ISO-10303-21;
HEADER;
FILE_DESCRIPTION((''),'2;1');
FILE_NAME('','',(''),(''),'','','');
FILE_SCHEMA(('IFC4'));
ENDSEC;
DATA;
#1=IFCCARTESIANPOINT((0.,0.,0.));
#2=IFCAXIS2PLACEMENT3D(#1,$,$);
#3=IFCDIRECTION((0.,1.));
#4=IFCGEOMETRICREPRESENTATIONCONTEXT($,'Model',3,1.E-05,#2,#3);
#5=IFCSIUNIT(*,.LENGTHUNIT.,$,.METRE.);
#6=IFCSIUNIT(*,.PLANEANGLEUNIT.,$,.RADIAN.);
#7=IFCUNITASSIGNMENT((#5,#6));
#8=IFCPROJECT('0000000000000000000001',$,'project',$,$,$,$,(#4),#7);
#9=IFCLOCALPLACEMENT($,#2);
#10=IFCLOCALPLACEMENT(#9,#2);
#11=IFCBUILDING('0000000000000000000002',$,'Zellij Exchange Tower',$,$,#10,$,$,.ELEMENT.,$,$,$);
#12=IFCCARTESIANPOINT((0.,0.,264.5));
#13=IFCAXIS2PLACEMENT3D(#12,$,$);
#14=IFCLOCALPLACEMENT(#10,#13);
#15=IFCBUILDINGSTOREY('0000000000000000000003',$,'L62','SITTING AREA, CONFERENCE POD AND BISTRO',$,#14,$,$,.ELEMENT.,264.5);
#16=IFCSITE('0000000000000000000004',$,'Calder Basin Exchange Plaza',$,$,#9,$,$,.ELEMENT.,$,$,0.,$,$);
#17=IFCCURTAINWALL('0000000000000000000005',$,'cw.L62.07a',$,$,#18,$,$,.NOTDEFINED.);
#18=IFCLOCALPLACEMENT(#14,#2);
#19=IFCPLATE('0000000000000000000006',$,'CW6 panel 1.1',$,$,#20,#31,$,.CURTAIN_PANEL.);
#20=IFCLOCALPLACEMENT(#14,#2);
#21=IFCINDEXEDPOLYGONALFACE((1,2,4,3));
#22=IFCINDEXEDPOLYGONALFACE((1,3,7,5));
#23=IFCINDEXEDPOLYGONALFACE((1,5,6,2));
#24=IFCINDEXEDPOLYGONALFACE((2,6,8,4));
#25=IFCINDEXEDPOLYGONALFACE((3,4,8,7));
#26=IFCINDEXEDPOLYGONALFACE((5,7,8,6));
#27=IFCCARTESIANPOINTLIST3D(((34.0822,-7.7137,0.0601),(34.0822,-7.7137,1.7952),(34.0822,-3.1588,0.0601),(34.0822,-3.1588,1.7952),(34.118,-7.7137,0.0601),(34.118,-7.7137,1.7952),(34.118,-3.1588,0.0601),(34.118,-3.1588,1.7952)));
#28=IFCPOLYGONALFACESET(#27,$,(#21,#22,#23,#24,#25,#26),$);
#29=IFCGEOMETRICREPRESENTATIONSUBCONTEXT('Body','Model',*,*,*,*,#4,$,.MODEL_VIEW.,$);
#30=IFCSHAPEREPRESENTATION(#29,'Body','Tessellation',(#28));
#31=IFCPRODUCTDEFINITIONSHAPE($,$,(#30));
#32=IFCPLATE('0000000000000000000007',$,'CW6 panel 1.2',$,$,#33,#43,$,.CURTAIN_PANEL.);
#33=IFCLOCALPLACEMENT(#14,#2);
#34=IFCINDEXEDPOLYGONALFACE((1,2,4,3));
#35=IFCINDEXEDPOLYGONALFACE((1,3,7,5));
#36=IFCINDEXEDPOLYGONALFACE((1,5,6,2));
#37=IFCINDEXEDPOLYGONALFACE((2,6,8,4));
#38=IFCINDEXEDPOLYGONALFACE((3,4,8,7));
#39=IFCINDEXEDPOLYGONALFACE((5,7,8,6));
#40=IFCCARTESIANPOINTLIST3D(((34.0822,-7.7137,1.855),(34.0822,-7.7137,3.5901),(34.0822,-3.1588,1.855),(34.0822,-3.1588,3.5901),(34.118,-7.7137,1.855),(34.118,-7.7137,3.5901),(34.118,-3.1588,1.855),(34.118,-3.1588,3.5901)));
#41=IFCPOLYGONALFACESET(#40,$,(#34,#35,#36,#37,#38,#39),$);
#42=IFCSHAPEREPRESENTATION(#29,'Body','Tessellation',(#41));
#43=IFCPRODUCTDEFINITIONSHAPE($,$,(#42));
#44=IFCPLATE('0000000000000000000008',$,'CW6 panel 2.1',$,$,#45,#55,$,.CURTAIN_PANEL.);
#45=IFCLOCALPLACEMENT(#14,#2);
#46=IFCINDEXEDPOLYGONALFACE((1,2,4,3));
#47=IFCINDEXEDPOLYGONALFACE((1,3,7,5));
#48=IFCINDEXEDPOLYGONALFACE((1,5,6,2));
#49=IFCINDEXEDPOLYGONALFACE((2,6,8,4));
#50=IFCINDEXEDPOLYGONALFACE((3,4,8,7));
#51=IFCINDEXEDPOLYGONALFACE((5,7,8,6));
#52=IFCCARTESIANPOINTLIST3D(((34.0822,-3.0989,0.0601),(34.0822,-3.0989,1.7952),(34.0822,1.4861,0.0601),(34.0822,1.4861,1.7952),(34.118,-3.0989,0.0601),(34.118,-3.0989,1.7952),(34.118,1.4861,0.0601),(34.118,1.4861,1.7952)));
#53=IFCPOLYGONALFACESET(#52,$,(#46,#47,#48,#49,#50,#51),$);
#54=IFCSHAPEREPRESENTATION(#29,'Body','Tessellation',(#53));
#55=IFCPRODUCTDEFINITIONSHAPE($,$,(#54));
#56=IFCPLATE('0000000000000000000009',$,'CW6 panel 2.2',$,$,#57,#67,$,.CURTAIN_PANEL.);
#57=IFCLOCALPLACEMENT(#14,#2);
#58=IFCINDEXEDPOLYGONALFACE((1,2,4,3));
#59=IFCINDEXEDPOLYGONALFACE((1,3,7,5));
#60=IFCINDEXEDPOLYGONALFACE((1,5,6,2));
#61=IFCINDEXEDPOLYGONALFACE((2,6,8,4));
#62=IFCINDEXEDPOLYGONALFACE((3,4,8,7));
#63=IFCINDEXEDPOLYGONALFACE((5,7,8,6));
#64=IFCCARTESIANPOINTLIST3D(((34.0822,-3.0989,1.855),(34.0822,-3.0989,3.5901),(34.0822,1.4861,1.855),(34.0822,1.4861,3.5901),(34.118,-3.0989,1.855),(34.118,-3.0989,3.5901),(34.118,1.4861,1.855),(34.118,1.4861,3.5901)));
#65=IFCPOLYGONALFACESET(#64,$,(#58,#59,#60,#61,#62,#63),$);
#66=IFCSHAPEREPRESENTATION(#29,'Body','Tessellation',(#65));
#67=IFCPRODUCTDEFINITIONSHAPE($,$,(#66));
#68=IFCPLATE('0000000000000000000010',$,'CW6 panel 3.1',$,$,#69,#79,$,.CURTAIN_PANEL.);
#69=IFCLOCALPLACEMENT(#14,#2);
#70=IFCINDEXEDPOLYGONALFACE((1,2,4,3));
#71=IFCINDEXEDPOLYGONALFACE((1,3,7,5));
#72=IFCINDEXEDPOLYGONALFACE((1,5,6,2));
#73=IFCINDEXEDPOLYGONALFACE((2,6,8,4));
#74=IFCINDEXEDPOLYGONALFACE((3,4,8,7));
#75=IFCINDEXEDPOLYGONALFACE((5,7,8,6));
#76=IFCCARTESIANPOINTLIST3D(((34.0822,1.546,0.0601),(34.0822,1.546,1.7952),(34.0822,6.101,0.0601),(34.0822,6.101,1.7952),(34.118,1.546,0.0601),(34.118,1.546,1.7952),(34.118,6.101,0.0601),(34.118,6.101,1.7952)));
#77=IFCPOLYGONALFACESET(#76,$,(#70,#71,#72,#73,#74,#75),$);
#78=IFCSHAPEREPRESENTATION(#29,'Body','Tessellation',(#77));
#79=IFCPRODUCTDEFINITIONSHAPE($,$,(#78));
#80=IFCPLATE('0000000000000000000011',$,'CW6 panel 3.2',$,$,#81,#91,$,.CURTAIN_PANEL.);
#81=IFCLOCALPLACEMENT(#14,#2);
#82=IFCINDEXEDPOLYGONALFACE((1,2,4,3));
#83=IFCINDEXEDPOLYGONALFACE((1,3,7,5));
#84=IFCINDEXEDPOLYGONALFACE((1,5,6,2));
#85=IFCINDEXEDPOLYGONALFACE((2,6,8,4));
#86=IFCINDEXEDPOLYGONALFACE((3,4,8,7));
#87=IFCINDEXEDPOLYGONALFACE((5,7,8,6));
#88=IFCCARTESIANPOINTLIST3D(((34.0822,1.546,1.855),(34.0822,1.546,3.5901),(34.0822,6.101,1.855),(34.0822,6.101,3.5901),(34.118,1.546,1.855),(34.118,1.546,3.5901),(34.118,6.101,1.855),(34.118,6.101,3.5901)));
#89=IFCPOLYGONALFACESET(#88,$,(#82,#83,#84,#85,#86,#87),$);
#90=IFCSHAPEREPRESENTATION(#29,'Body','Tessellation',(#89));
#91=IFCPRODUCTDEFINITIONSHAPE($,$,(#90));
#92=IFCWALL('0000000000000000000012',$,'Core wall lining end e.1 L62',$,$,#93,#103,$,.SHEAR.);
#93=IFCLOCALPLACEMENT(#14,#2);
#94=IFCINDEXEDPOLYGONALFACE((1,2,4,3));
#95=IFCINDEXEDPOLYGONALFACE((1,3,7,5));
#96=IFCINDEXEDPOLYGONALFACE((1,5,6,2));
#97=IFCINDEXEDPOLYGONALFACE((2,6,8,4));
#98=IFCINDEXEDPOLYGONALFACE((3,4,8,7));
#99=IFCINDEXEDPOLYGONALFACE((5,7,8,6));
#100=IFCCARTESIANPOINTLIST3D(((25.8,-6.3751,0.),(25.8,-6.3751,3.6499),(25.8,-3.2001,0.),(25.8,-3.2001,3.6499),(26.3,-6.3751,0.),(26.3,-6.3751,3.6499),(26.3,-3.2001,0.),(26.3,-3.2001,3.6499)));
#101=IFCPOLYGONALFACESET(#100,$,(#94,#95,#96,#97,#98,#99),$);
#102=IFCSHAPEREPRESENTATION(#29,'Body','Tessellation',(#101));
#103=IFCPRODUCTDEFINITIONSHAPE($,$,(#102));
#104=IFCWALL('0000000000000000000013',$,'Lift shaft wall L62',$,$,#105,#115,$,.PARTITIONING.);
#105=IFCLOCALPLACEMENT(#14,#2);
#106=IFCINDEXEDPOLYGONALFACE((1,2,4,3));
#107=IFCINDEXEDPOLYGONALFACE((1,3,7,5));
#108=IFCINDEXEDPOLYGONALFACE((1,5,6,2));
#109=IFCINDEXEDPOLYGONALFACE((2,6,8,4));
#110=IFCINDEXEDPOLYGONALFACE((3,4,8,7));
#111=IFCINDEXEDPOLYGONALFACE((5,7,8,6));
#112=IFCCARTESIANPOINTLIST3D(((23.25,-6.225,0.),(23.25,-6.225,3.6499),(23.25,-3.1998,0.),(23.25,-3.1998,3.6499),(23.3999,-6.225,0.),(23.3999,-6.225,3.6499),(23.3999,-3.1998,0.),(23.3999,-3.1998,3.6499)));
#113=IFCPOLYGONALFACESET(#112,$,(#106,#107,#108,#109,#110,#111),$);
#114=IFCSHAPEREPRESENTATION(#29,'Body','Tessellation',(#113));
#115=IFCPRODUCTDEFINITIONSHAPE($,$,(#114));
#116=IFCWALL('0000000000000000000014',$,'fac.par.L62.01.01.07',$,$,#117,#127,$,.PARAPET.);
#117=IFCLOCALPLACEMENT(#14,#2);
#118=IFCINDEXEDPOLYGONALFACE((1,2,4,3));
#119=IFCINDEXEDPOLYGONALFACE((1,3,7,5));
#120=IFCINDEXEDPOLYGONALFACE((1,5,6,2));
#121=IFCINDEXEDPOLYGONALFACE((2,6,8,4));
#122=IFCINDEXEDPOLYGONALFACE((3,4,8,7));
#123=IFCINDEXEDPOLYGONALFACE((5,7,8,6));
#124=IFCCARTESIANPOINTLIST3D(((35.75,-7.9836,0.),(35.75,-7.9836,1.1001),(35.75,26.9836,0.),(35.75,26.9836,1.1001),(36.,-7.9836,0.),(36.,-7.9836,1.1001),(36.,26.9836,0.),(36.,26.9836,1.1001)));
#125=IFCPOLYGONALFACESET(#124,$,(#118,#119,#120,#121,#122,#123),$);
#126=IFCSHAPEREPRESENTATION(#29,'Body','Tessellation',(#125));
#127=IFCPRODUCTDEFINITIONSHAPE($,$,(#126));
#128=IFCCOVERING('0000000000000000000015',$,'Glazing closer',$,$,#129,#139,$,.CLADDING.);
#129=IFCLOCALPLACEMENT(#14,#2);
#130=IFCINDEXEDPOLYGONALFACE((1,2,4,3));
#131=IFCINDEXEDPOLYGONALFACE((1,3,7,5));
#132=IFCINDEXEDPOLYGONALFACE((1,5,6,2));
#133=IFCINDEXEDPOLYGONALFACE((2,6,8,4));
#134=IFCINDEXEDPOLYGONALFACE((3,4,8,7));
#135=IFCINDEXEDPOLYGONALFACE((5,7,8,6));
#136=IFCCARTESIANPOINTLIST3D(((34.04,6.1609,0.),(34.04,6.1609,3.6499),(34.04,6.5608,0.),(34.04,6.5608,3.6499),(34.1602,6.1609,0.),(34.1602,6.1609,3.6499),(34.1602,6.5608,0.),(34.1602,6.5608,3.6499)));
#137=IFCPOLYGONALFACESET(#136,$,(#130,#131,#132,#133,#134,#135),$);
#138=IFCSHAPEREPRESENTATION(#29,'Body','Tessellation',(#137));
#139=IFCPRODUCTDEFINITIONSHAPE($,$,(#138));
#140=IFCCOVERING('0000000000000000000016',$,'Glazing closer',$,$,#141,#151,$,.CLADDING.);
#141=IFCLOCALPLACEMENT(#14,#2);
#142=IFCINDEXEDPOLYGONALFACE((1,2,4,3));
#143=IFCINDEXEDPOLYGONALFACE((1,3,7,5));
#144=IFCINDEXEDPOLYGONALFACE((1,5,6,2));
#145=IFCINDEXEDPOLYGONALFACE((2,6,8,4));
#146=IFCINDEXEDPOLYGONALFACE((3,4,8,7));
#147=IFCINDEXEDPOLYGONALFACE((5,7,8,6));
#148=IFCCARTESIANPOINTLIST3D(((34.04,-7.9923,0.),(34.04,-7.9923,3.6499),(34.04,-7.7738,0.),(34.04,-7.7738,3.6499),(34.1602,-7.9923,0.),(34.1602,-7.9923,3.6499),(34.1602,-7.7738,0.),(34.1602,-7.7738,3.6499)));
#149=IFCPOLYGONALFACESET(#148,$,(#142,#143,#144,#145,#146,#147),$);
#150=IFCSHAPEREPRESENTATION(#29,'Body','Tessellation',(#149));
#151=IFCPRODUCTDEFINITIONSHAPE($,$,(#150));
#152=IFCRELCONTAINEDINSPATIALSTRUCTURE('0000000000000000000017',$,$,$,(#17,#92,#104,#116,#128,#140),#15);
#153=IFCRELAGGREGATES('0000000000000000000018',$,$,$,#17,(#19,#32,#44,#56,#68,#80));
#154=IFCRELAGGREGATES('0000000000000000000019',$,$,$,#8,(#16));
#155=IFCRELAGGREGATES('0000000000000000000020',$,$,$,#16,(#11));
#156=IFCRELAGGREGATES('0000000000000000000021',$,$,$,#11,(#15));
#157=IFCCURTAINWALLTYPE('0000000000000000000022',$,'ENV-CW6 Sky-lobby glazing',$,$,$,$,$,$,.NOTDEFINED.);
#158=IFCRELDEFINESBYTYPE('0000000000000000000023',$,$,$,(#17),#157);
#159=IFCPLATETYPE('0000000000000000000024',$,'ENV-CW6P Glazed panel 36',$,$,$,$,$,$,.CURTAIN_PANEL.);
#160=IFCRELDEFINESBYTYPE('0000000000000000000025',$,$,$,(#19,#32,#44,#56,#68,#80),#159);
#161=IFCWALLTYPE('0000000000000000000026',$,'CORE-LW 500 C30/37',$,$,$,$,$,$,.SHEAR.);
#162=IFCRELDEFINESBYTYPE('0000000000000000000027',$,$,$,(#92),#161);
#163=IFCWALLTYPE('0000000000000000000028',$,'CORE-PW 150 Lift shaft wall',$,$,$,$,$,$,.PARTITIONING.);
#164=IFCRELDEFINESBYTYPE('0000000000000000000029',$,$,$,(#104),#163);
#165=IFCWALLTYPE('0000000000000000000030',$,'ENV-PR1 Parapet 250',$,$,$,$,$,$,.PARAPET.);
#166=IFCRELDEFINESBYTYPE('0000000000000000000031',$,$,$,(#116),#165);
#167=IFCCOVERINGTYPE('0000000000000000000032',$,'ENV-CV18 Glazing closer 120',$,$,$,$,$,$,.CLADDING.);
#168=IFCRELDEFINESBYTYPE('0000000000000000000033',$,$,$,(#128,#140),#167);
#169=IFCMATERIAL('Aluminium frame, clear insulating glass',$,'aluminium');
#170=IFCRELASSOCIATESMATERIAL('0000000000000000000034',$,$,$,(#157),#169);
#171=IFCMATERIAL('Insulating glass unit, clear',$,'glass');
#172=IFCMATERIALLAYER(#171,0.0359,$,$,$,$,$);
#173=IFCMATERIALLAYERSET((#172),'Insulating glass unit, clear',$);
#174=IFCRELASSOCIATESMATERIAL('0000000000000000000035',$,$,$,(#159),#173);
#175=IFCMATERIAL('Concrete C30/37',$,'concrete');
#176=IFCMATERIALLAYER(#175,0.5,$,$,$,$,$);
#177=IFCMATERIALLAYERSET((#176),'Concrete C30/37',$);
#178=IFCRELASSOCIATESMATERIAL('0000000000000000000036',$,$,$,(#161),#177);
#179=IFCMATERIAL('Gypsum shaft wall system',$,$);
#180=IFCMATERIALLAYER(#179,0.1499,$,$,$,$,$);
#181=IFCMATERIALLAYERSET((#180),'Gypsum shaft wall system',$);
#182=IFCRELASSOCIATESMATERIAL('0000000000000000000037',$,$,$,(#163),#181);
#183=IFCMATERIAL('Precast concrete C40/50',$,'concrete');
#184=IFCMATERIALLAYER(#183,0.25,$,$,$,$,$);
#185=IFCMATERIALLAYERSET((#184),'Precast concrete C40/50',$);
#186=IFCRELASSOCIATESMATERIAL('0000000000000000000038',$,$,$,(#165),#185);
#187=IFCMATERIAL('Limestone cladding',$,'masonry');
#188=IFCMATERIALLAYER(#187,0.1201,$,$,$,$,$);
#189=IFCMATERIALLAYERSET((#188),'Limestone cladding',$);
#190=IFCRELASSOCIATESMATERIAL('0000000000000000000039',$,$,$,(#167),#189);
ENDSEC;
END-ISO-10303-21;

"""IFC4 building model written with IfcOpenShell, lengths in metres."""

from ifc_helpers import new_model, si_unit, direction, frame, frame_2d, origin, origin_2d, place, context, subcontext, project, spatial, rectangle, extrude, material, layer, layer_set, type_object, element, aggregate, save


model = new_model("IFC4")

# Units and contexts
model_context = context("Model", 3, precision=1e-05, world=origin(), true_north=direction((0.0, 1.0)))
body_context = subcontext(model_context, "Body", "Model", "MODEL_VIEW")
ifc_project = project(units=[si_unit("LENGTHUNIT", "METRE"), si_unit("PLANEANGLEUNIT", "RADIAN")], contexts=[model_context])

# Site, building, storey
site_placement = place(None, origin())
site = spatial("IfcSite", under=ifc_project, at=site_placement, Name="Calder Basin Exchange Plaza", CompositionType="ELEMENT", RefElevation=0.0)
building_placement = place(site_placement, origin())
building = spatial("IfcBuilding", under=site, at=building_placement, Name="Zellij Exchange Tower", CompositionType="ELEMENT")
storey_placement = place(building_placement, frame((0.0, 0.0, 264.5)))
storey = spatial("IfcBuildingStorey", under=building, at=storey_placement, Name="L62", Description="SITTING AREA, CONFERENCE POD AND BISTRO", CompositionType="ELEMENT", Elevation=264.5)

# Curtain wall
ifc_material_1 = material(Name="Aluminium frame, clear insulating glass", Category="aluminium")
curtain_wall_type = type_object("IfcCurtainWallType", Name="ENV-CW6 Sky-lobby glazing", PredefinedType="NOTDEFINED", material=ifc_material_1)
curtain_wall_1_placement = place(storey_placement, origin())
curtain_wall_1 = element("IfcCurtainWall", 1, at=curtain_wall_1_placement, inside=storey, type_object=curtain_wall_type, Name="cw.L62.07a", PredefinedType="NOTDEFINED")

# Plates
ifc_material_2 = material(Name="Insulating glass unit, clear", Category="glass")
ifc_layer_1 = layer(ifc_material_2, 0.0359)
ifc_layer_set_1 = layer_set([ifc_layer_1], Name="Insulating glass unit, clear")
plate_type = type_object("IfcPlateType", Name="ENV-CW6P Glazed panel 36", PredefinedType="CURTAIN_PANEL", material=ifc_layer_set_1)
plate_1_placement = place(storey_placement, frame((34.1001, -5.4363, 0.0601), z_axis=(0.0, 0.0, 1.0), x_axis=(0.0, 1.0, 0.0)))
plate_1 = element("IfcPlate", 2, at=plate_1_placement, type_object=plate_type, Name="CW6 panel 1.1", PredefinedType="CURTAIN_PANEL", context=body_context, shape_type="SweptSolid", body=[
    extrude(rectangle(XDim=4.5549, YDim=0.0359, at=origin_2d()), origin(), (0.0, 0.0, 1.0), 1.7351),
])
plate_2_placement = place(storey_placement, frame((34.1001, -5.4363, 1.855), z_axis=(0.0, 0.0, 1.0), x_axis=(0.0, 1.0, 0.0)))
plate_2 = element("IfcPlate", 3, at=plate_2_placement, type_object=plate_type, Name="CW6 panel 1.2", PredefinedType="CURTAIN_PANEL", context=body_context, shape_type="SweptSolid", body=[
    extrude(rectangle(XDim=4.5549, YDim=0.0359, at=origin_2d()), origin(), (0.0, 0.0, 1.0), 1.7351),
])
plate_3_placement = place(storey_placement, frame((34.1001, -0.8064, 0.0601), z_axis=(0.0, 0.0, 1.0), x_axis=(0.0, 1.0, 0.0)))
plate_3 = element("IfcPlate", 4, at=plate_3_placement, type_object=plate_type, Name="CW6 panel 2.1", PredefinedType="CURTAIN_PANEL", context=body_context, shape_type="SweptSolid", body=[
    extrude(rectangle(XDim=4.585, YDim=0.0359, at=origin_2d()), origin(), (0.0, 0.0, 1.0), 1.7351),
])
plate_4_placement = place(storey_placement, frame((34.1001, -0.8064, 1.855), z_axis=(0.0, 0.0, 1.0), x_axis=(0.0, 1.0, 0.0)))
plate_4 = element("IfcPlate", 5, at=plate_4_placement, type_object=plate_type, Name="CW6 panel 2.2", PredefinedType="CURTAIN_PANEL", context=body_context, shape_type="SweptSolid", body=[
    extrude(rectangle(XDim=4.585, YDim=0.0359, at=origin_2d()), origin(), (0.0, 0.0, 1.0), 1.7351),
])
plate_5_placement = place(storey_placement, frame((34.1001, 3.8235, 0.0601), z_axis=(0.0, 0.0, 1.0), x_axis=(0.0, 1.0, 0.0)))
plate_5 = element("IfcPlate", 6, at=plate_5_placement, type_object=plate_type, Name="CW6 panel 3.1", PredefinedType="CURTAIN_PANEL", context=body_context, shape_type="SweptSolid", body=[
    extrude(rectangle(XDim=4.5549, YDim=0.0359, at=origin_2d()), origin(), (0.0, 0.0, 1.0), 1.7351),
])
plate_6_placement = place(storey_placement, frame((34.1001, 3.8235, 1.855), z_axis=(0.0, 0.0, 1.0), x_axis=(0.0, 1.0, 0.0)))
plate_6 = element("IfcPlate", 7, at=plate_6_placement, type_object=plate_type, Name="CW6 panel 3.2", PredefinedType="CURTAIN_PANEL", context=body_context, shape_type="SweptSolid", body=[
    extrude(rectangle(XDim=4.5549, YDim=0.0359, at=origin_2d()), origin(), (0.0, 0.0, 1.0), 1.7351),
])
aggregate(curtain_wall_1, [plate_1, plate_2, plate_3, plate_4, plate_5, plate_6])

# Walls
ifc_material_3 = material(Name="Concrete C30/37", Category="concrete")
ifc_layer_2 = layer(ifc_material_3, 0.5)
ifc_layer_set_2 = layer_set([ifc_layer_2], Name="Concrete C30/37")
wall_type_1 = type_object("IfcWallType", Name="CORE-LW 500 C30/37", PredefinedType="SHEAR", material=ifc_layer_set_2)
wall_1_placement = place(storey_placement, frame((26.05, -6.375, 0.0), z_axis=(0.0, 0.0, 1.0), x_axis=(0.0, 1.0, 0.0)))
element("IfcWall", 8, at=wall_1_placement, inside=storey, type_object=wall_type_1, Name="Core wall lining end e.1 L62", PredefinedType="SHEAR", context=body_context, shape_type="SweptSolid", body=[
    extrude(rectangle(XDim=3.175, YDim=0.5, at=frame_2d((1.5874, 0.0))), origin(), (0.0, 0.0, 1.0), 3.6499),
])
ifc_material_4 = material(Name="Gypsum shaft wall system")
ifc_layer_3 = layer(ifc_material_4, 0.1499)
ifc_layer_set_3 = layer_set([ifc_layer_3], Name="Gypsum shaft wall system")
wall_type_2 = type_object("IfcWallType", Name="CORE-PW 150 Lift shaft wall", PredefinedType="PARTITIONING", material=ifc_layer_set_3)
wall_2_placement = place(storey_placement, frame((23.325, -6.2251, 0.0), z_axis=(0.0, 0.0, 1.0), x_axis=(0.0, 1.0, 0.0)))
element("IfcWall", 9, at=wall_2_placement, inside=storey, type_object=wall_type_2, Name="Lift shaft wall L62", PredefinedType="PARTITIONING", context=body_context, shape_type="SweptSolid", body=[
    extrude(rectangle(XDim=3.0251, YDim=0.1499, at=frame_2d((1.5127, 0.0))), origin(), (0.0, 0.0, 1.0), 3.6499),
])
ifc_material_5 = material(Name="Precast concrete C40/50", Category="concrete")
ifc_layer_4 = layer(ifc_material_5, 0.25)
ifc_layer_set_4 = layer_set([ifc_layer_4], Name="Precast concrete C40/50")
wall_type_3 = type_object("IfcWallType", Name="ENV-PR1 Parapet 250", PredefinedType="PARAPET", material=ifc_layer_set_4)
wall_3_placement = place(storey_placement, frame((35.875, -7.9836, 0.0), z_axis=(0.0, 0.0, 1.0), x_axis=(0.0, 1.0, 0.0)))
element("IfcWall", 10, at=wall_3_placement, inside=storey, type_object=wall_type_3, Name="fac.par.L62.01.01.07", PredefinedType="PARAPET", context=body_context, shape_type="SweptSolid", body=[
    extrude(rectangle(XDim=34.9673, YDim=0.25, at=frame_2d((17.4836, 0.0))), origin(), (0.0, 0.0, 1.0), 1.1001),
])

# Coverings
ifc_material_6 = material(Name="Limestone cladding", Category="masonry")
ifc_layer_5 = layer(ifc_material_6, 0.1201)
ifc_layer_set_5 = layer_set([ifc_layer_5], Name="Limestone cladding")
covering_type = type_object("IfcCoveringType", Name="ENV-CV18 Glazing closer 120", PredefinedType="CLADDING", material=ifc_layer_set_5)
covering_1_placement = place(storey_placement, frame((34.1001, 6.3608, 0.0), z_axis=(0.0, 0.0, 1.0), x_axis=(0.0, 1.0, 0.0)))
element("IfcCovering", 11, at=covering_1_placement, inside=storey, type_object=covering_type, Name="Glazing closer", PredefinedType="CLADDING", context=body_context, shape_type="SweptSolid", body=[
    extrude(rectangle(XDim=0.3999, YDim=0.1201, at=origin_2d()), origin(), (0.0, 0.0, 1.0), 3.6499),
])
covering_2_placement = place(storey_placement, frame((34.1001, -7.8831, 0.0), z_axis=(0.0, 0.0, 1.0), x_axis=(0.0, -1.0, 0.0)))
element("IfcCovering", 12, at=covering_2_placement, inside=storey, type_object=covering_type, Name="Glazing closer", PredefinedType="CLADDING", context=body_context, shape_type="SweptSolid", body=[
    extrude(rectangle(XDim=0.2185, YDim=0.1201, at=origin_2d()), origin(), (0.0, 0.0, 1.0), 3.6499),
])

save(model, "model.ifc")
